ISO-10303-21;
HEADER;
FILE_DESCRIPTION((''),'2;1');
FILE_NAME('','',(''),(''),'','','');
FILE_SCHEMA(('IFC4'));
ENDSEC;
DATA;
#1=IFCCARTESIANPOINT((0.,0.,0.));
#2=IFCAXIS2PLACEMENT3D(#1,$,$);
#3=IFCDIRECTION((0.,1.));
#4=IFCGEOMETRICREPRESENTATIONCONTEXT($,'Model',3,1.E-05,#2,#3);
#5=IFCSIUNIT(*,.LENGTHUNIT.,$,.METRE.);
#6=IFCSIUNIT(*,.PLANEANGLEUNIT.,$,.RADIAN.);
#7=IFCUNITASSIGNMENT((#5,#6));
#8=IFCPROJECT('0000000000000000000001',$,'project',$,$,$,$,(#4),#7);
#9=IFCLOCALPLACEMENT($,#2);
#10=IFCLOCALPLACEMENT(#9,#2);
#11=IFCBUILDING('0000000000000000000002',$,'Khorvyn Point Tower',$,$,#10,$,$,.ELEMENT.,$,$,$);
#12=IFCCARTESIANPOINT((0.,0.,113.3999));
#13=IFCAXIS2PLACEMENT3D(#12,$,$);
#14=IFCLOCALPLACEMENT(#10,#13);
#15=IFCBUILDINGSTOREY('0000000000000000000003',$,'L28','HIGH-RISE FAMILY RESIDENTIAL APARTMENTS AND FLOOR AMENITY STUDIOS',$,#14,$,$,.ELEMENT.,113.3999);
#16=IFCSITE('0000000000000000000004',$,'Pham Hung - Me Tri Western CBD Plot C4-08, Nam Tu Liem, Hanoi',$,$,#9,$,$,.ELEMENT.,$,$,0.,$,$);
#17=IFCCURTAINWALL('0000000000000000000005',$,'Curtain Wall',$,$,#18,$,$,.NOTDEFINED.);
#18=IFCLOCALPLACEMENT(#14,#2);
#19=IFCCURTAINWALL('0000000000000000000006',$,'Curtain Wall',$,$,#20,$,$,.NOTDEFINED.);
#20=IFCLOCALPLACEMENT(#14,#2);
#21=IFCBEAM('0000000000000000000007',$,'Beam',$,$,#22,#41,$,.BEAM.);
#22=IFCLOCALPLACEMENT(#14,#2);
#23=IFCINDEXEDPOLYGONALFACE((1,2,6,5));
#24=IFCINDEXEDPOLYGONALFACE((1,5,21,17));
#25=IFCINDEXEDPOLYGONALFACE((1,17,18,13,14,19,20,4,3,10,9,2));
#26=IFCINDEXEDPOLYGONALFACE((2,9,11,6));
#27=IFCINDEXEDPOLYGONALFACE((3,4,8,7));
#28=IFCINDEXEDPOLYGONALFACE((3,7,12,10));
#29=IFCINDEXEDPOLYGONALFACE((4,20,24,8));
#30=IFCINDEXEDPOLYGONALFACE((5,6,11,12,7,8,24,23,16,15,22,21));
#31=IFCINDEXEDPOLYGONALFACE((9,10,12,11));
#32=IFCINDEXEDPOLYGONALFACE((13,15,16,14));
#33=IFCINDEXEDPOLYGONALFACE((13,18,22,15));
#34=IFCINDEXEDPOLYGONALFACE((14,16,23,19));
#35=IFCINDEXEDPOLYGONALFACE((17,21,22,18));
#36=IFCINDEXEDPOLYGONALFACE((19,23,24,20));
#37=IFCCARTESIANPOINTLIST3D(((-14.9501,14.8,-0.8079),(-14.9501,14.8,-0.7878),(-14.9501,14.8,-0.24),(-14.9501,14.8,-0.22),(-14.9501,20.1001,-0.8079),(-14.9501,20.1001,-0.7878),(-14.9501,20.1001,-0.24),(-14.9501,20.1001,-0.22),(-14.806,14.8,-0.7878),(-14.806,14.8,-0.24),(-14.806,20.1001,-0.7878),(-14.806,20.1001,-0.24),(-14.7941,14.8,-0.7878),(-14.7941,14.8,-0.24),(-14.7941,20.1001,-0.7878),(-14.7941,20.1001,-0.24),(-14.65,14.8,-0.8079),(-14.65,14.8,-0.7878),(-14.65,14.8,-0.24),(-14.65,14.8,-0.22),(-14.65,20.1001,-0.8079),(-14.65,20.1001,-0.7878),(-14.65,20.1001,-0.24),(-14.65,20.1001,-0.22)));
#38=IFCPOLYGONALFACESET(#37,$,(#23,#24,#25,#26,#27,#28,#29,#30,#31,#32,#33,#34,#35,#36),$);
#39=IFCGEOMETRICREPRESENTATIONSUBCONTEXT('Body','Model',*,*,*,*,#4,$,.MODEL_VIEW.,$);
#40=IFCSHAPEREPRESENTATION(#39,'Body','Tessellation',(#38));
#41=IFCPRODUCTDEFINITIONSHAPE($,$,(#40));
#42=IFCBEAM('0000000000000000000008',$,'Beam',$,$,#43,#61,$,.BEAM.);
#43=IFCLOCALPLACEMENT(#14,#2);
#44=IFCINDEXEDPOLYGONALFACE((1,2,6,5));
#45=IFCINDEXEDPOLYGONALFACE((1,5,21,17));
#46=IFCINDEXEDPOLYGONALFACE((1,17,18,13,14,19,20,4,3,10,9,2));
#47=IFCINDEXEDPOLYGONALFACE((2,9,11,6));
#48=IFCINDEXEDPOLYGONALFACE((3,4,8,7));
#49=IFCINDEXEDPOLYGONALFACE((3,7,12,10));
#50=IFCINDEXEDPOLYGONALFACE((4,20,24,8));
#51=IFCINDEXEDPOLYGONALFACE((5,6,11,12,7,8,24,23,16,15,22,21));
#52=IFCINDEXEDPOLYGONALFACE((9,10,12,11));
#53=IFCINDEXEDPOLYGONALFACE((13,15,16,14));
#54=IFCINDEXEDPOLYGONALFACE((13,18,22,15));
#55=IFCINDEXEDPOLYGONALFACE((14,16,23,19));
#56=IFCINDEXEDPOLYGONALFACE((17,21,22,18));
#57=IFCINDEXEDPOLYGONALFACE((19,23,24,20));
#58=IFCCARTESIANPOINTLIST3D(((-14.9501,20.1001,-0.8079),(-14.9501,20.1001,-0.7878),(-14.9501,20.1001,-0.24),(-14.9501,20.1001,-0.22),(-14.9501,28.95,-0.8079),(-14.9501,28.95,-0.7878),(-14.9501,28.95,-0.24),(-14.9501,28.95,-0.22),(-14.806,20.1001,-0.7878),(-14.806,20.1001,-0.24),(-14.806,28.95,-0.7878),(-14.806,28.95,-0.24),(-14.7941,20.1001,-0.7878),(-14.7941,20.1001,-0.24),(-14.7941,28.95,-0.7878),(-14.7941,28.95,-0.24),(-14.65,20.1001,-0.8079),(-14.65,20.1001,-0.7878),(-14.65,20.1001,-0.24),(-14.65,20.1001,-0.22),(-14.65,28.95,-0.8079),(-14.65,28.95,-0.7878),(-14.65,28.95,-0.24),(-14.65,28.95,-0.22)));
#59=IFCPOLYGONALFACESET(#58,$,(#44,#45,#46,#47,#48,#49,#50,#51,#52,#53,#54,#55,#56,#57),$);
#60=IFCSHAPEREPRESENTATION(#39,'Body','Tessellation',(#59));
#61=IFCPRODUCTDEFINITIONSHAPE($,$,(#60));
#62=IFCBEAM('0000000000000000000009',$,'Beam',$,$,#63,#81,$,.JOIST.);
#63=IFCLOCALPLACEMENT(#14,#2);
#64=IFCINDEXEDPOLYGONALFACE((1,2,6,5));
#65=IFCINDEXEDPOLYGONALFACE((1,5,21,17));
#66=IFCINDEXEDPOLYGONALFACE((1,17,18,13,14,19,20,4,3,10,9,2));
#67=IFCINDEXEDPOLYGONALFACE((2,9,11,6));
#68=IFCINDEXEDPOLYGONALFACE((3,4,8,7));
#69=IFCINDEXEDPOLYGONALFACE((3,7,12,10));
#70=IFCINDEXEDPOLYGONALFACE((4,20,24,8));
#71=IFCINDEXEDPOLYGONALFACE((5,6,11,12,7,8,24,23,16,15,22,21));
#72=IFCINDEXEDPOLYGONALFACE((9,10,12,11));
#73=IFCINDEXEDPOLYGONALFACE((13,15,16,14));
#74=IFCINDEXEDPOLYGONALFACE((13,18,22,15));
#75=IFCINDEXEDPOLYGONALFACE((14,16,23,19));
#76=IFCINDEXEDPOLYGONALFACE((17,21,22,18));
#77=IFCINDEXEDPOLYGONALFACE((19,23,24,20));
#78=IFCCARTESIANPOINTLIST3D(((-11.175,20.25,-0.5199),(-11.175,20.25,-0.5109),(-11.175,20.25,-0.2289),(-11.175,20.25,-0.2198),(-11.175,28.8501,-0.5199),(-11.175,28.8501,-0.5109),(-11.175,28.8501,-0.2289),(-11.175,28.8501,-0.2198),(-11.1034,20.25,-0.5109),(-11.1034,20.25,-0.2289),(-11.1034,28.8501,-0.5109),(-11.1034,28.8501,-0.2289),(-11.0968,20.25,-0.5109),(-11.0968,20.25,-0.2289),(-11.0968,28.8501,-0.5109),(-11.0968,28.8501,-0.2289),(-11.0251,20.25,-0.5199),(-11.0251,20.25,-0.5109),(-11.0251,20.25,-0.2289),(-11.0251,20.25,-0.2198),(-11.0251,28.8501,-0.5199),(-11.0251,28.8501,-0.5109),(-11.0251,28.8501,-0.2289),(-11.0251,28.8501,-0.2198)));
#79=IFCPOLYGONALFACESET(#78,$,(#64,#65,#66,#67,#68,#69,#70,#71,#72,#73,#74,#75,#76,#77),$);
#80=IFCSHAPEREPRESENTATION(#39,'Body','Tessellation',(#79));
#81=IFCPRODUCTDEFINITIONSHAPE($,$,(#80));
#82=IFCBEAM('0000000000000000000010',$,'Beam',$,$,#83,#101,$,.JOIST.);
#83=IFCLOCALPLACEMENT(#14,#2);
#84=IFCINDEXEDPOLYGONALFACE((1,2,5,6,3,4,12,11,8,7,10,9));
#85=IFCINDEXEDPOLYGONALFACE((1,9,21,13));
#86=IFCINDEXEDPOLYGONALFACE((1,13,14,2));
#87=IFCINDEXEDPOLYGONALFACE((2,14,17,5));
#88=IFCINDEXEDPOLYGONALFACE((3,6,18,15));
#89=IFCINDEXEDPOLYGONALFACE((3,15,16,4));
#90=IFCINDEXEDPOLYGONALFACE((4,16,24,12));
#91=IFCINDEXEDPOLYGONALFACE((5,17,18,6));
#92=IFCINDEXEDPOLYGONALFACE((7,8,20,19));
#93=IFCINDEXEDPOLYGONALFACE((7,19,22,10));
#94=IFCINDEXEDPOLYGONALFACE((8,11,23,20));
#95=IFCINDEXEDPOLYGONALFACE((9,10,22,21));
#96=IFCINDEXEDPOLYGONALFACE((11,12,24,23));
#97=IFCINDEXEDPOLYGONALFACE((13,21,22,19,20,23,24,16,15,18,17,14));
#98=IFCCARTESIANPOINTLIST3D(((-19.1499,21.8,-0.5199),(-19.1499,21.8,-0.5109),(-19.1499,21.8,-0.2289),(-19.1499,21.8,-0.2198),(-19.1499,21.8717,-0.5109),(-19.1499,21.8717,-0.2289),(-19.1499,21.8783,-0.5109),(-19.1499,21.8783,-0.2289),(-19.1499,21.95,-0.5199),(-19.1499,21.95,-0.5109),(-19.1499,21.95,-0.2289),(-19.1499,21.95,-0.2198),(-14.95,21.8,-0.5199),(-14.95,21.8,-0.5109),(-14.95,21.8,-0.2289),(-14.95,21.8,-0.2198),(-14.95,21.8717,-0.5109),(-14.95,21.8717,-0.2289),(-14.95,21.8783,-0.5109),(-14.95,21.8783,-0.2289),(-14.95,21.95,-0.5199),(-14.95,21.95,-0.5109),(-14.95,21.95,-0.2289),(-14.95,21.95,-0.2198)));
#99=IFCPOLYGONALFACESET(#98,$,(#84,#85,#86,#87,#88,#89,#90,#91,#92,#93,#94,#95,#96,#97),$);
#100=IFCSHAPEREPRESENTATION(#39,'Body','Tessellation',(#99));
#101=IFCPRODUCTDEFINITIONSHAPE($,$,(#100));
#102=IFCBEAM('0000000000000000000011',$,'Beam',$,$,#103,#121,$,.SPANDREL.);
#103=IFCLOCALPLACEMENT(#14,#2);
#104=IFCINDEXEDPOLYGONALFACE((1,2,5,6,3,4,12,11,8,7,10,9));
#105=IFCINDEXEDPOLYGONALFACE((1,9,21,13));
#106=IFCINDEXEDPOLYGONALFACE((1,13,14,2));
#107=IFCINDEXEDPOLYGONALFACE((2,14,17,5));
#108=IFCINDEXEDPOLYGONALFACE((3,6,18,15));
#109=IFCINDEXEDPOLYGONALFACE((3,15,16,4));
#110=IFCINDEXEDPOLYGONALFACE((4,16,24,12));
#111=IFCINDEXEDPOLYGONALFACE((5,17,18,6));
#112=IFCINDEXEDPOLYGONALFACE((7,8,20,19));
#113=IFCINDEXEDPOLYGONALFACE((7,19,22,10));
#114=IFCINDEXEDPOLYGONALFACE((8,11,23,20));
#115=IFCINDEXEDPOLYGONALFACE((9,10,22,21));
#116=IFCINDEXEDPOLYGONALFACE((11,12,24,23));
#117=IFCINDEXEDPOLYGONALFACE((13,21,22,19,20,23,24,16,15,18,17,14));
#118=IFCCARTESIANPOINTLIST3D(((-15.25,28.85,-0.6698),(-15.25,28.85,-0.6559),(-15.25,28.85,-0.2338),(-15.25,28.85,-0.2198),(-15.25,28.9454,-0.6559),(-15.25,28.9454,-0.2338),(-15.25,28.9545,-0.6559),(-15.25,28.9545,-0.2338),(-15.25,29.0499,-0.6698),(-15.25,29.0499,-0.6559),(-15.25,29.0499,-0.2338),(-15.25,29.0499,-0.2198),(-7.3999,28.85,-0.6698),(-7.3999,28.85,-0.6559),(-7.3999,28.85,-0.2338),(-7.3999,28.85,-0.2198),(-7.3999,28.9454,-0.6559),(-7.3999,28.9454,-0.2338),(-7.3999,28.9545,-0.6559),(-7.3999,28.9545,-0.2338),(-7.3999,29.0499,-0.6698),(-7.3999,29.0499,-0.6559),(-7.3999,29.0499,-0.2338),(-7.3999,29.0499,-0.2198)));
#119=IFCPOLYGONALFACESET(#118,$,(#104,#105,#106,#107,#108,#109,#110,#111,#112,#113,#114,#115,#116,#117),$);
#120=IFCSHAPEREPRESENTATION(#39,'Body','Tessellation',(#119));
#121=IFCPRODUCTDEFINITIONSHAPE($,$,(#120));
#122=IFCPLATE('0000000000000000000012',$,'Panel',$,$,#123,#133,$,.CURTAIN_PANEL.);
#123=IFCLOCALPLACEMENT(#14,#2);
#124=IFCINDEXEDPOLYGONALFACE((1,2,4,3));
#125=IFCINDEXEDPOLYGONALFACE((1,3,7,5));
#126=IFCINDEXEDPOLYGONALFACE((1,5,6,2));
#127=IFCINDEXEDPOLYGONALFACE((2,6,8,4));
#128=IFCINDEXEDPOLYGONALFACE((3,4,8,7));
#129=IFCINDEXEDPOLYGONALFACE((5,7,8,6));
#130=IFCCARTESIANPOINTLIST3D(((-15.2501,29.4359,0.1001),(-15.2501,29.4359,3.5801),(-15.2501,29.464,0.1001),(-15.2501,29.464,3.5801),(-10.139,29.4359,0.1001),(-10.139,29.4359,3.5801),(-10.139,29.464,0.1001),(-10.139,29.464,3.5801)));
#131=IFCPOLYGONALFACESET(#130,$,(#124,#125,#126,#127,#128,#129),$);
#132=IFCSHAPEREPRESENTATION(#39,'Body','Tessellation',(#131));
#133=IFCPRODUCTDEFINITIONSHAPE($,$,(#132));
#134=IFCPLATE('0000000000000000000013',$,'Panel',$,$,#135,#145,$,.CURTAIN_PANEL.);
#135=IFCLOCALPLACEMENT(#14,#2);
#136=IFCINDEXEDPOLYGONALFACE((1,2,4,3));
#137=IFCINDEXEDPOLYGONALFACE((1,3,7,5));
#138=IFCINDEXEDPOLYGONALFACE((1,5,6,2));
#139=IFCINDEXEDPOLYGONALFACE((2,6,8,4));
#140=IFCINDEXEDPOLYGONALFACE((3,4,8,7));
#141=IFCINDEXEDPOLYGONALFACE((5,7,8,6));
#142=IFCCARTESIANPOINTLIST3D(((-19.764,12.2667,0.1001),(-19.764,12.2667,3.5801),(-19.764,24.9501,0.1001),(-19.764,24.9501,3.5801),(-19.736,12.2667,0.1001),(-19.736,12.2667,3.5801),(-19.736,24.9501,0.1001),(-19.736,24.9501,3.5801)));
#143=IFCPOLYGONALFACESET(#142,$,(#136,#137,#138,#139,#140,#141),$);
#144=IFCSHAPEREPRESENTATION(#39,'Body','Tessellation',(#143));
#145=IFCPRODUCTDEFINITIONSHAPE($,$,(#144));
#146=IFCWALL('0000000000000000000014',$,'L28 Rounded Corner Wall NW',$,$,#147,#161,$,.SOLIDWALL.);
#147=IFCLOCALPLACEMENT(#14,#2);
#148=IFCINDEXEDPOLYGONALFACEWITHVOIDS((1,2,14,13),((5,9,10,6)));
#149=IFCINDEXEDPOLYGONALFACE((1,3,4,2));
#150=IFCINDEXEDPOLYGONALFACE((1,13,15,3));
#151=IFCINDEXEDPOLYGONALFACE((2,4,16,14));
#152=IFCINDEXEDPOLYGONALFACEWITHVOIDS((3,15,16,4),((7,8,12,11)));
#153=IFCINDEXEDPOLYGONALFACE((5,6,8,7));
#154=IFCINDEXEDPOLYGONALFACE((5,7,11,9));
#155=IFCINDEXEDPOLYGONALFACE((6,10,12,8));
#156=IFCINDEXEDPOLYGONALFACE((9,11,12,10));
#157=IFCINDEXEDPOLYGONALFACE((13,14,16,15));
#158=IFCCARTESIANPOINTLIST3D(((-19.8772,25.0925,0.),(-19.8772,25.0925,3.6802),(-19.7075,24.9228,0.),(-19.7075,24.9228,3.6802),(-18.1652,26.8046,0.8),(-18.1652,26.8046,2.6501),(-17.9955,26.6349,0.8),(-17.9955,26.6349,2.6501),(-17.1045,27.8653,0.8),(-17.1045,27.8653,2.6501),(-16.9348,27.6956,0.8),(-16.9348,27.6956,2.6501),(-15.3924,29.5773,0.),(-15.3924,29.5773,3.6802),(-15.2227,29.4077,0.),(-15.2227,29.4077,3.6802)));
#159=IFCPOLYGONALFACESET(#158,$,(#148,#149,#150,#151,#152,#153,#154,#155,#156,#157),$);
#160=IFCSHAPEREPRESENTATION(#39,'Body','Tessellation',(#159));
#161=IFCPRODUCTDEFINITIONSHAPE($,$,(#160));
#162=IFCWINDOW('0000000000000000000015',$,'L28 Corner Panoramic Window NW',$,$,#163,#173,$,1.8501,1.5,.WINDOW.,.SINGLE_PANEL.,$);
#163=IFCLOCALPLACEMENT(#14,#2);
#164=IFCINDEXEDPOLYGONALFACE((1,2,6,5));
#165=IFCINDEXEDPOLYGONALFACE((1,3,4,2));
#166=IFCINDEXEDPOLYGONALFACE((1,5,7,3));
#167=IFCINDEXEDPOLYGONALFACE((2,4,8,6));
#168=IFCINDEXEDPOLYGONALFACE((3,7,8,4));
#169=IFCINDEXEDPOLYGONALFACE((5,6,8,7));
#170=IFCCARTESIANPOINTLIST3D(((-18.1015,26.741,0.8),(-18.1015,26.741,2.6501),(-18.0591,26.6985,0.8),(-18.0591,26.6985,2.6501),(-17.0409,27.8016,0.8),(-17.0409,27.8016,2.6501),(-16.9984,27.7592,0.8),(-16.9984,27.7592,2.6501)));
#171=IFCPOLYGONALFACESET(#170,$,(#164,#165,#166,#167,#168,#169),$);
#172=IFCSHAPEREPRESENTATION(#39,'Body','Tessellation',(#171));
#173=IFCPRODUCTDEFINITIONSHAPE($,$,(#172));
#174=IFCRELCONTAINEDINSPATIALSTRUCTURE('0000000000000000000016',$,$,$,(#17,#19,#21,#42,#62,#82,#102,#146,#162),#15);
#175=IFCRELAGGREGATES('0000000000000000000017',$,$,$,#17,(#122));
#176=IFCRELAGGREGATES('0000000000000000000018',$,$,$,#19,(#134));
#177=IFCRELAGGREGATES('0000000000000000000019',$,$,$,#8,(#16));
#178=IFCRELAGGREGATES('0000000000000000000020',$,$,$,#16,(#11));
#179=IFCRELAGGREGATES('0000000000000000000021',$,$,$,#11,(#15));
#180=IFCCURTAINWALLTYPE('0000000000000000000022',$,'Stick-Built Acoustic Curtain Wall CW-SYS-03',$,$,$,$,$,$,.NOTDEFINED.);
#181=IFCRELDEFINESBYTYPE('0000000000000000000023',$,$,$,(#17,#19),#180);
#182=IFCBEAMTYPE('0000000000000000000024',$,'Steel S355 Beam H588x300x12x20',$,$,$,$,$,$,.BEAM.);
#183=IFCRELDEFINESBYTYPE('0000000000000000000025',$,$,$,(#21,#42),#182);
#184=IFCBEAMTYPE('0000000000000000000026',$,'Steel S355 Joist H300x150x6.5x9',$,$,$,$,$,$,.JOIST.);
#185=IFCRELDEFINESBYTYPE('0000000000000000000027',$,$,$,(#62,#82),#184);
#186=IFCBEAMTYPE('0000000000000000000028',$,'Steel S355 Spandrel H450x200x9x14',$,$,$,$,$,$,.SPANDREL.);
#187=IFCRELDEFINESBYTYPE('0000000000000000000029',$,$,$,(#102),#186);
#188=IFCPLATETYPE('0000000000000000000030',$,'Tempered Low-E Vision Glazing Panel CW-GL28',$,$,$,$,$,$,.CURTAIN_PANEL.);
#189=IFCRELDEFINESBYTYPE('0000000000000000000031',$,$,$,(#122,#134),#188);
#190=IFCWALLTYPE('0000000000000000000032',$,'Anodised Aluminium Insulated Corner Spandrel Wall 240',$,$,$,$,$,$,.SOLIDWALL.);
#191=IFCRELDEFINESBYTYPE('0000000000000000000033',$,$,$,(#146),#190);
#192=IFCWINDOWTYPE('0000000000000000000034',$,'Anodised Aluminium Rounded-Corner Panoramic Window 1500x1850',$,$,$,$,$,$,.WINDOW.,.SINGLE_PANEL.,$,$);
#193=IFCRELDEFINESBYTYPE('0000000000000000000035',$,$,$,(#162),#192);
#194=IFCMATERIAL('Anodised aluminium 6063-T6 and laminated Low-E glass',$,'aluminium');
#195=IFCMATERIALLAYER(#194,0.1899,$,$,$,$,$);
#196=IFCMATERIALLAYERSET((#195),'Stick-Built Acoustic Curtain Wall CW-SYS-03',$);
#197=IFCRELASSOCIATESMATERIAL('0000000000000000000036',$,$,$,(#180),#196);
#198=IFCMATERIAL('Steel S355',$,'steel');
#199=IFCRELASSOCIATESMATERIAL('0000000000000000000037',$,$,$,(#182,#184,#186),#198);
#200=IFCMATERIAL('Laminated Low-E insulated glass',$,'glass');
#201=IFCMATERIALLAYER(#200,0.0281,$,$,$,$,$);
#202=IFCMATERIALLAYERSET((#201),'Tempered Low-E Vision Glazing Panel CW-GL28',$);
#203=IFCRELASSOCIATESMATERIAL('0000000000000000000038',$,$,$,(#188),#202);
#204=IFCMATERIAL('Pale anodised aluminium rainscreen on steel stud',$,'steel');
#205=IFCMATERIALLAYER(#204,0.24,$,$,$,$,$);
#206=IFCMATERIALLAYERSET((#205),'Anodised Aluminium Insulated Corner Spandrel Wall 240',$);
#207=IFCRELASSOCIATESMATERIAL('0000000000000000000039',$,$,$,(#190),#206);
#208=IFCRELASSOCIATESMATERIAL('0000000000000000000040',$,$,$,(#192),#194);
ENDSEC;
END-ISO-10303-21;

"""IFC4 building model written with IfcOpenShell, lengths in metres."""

from ifc_helpers import new_model, si_unit, direction, frame, frame_2d, origin, origin_2d, place, context, subcontext, project, spatial, rectangle, i_section, extrude, material, layer, layer_set, material_profile, profile_set, type_object, element, fill, aggregate, save


model = new_model("IFC4")

# Units and contexts
model_context = context("Model", 3, precision=1e-05, world=origin(), true_north=direction((0.0, 1.0)))
body_context = subcontext(model_context, "Body", "Model", "MODEL_VIEW")
ifc_project = project(units=[si_unit("LENGTHUNIT", "METRE"), si_unit("PLANEANGLEUNIT", "RADIAN")], contexts=[model_context])

# Site, building, storey
site_placement = place(None, origin())
site = spatial("IfcSite", under=ifc_project, at=site_placement, Name="Pham Hung - Me Tri Western CBD Plot C4-08, Nam Tu Liem, Hanoi", CompositionType="ELEMENT", RefElevation=0.0)
building_placement = place(site_placement, origin())
building = spatial("IfcBuilding", under=site, at=building_placement, Name="Khorvyn Point Tower", CompositionType="ELEMENT")
storey_placement = place(building_placement, frame((0.0, 0.0, 113.3999)))
storey = spatial("IfcBuildingStorey", under=building, at=storey_placement, Name="L28", Description="HIGH-RISE FAMILY RESIDENTIAL APARTMENTS AND FLOOR AMENITY STUDIOS", CompositionType="ELEMENT", Elevation=113.3999)

# Curtain walls
ifc_material_1 = material(Name="Anodised aluminium 6063-T6 and laminated Low-E glass", Category="aluminium")
ifc_layer_1 = layer(ifc_material_1, 0.1899)
ifc_layer_set_1 = layer_set([ifc_layer_1], Name="Stick-Built Acoustic Curtain Wall CW-SYS-03")
curtain_wall_type = type_object("IfcCurtainWallType", Name="Stick-Built Acoustic Curtain Wall CW-SYS-03", PredefinedType="NOTDEFINED", material=ifc_layer_set_1)
curtain_wall_1_placement = place(storey_placement, origin())
curtain_wall_1 = element("IfcCurtainWall", 1, at=curtain_wall_1_placement, inside=storey, type_object=curtain_wall_type, Name="Curtain Wall", PredefinedType="NOTDEFINED")
curtain_wall_2_placement = place(storey_placement, origin())
curtain_wall_2 = element("IfcCurtainWall", 2, at=curtain_wall_2_placement, inside=storey, type_object=curtain_wall_type, Name="Curtain Wall", PredefinedType="NOTDEFINED")

# Beams
ifc_material_2 = material(Name="Steel S355", Category="steel")
ifc_material_profile_1 = material_profile(ifc_material_2, i_section(OverallWidth=0.3, OverallDepth=0.5879, WebThickness=0.012, FlangeThickness=0.02, at=origin_2d()))
ifc_profile_set_1 = profile_set([ifc_material_profile_1], Name="Steel S355 H588x300x12x20")
beam_type_1 = type_object("IfcBeamType", Name="Steel S355 Beam H588x300x12x20", PredefinedType="BEAM", material=ifc_profile_set_1)
beam_1_placement = place(storey_placement, frame((-14.8, 14.8, -0.5139), z_axis=(0.0, 1.0, 0.0), x_axis=(-1.0, 0.0, 0.0)))
element("IfcBeam", 3, at=beam_1_placement, inside=storey, type_object=beam_type_1, Name="Beam", PredefinedType="BEAM", context=body_context, shape_type="SweptSolid", body=[
    extrude(i_section(OverallWidth=0.3, OverallDepth=0.5879, WebThickness=0.012, FlangeThickness=0.02, at=origin_2d()), origin(), (0.0, 0.0, 1.0), 5.3),
])
beam_2_placement = place(storey_placement, frame((-14.8, 20.1001, -0.5139), z_axis=(0.0, 1.0, 0.0), x_axis=(-1.0, 0.0, 0.0)))
element("IfcBeam", 4, at=beam_2_placement, inside=storey, type_object=beam_type_1, Name="Beam", PredefinedType="BEAM", context=body_context, shape_type="SweptSolid", body=[
    extrude(i_section(OverallWidth=0.3, OverallDepth=0.5879, WebThickness=0.012, FlangeThickness=0.02, at=origin_2d()), origin(), (0.0, 0.0, 1.0), 8.8499),
])
ifc_material_profile_2 = material_profile(ifc_material_2, i_section(OverallWidth=0.1499, OverallDepth=0.3, WebThickness=0.0066, FlangeThickness=0.009, at=origin_2d()))
ifc_profile_set_2 = profile_set([ifc_material_profile_2], Name="Steel S355 H300x150x6.5x9")
beam_type_2 = type_object("IfcBeamType", Name="Steel S355 Joist H300x150x6.5x9", PredefinedType="JOIST", material=ifc_profile_set_2)
beam_3_placement = place(storey_placement, frame((-11.1001, 20.25, -0.3699), z_axis=(0.0, 1.0, 0.0), x_axis=(-1.0, 0.0, 0.0)))
element("IfcBeam", 5, at=beam_3_placement, inside=storey, type_object=beam_type_2, Name="Beam", PredefinedType="JOIST", context=body_context, shape_type="SweptSolid", body=[
    extrude(i_section(OverallWidth=0.1499, OverallDepth=0.3, WebThickness=0.0066, FlangeThickness=0.009, at=origin_2d()), origin(), (0.0, 0.0, 1.0), 8.6001),
])
beam_4_placement = place(storey_placement, frame((-19.1499, 21.875, -0.3699), z_axis=(1.0, 0.0, 0.0), x_axis=(0.0, 1.0, 0.0)))
element("IfcBeam", 6, at=beam_4_placement, inside=storey, type_object=beam_type_2, Name="Beam", PredefinedType="JOIST", context=body_context, shape_type="SweptSolid", body=[
    extrude(i_section(OverallWidth=0.1499, OverallDepth=0.3, WebThickness=0.0066, FlangeThickness=0.009, at=origin_2d()), origin(), (0.0, 0.0, 1.0), 4.2),
])
ifc_material_profile_3 = material_profile(ifc_material_2, i_section(OverallWidth=0.2, OverallDepth=0.45, WebThickness=0.009, FlangeThickness=0.0139, at=origin_2d()))
ifc_profile_set_3 = profile_set([ifc_material_profile_3], Name="Steel S355 H450x200x9x14")
beam_type_3 = type_object("IfcBeamType", Name="Steel S355 Spandrel H450x200x9x14", PredefinedType="SPANDREL", material=ifc_profile_set_3)
beam_5_placement = place(storey_placement, frame((-15.25, 28.95, -0.4448), z_axis=(1.0, 0.0, 0.0), x_axis=(0.0, 1.0, 0.0)))
element("IfcBeam", 7, at=beam_5_placement, inside=storey, type_object=beam_type_3, Name="Beam", PredefinedType="SPANDREL", context=body_context, shape_type="SweptSolid", body=[
    extrude(i_section(OverallWidth=0.2, OverallDepth=0.45, WebThickness=0.009, FlangeThickness=0.0139, at=origin_2d()), origin(), (0.0, 0.0, 1.0), 7.8501),
])

# Plates
ifc_material_3 = material(Name="Laminated Low-E insulated glass", Category="glass")
ifc_layer_2 = layer(ifc_material_3, 0.0281)
ifc_layer_set_2 = layer_set([ifc_layer_2], Name="Tempered Low-E Vision Glazing Panel CW-GL28")
plate_type = type_object("IfcPlateType", Name="Tempered Low-E Vision Glazing Panel CW-GL28", PredefinedType="CURTAIN_PANEL", material=ifc_layer_set_2)
plate_1_placement = place(storey_placement, frame((-12.6946, 29.45, 0.1001), z_axis=(0.0, 0.0, 1.0), x_axis=(1.0, 0.0, 0.0)))
plate_1 = element("IfcPlate", 8, at=plate_1_placement, type_object=plate_type, Name="Panel", PredefinedType="CURTAIN_PANEL", context=body_context, shape_type="SweptSolid", body=[
    extrude(rectangle(XDim=5.1111, YDim=0.0281, at=origin_2d()), origin(), (0.0, 0.0, 1.0), 3.48),
])
aggregate(curtain_wall_1, [plate_1])
plate_2_placement = place(storey_placement, frame((-19.75, 18.6084, 0.1001), z_axis=(0.0, 0.0, 1.0), x_axis=(0.0, 1.0, 0.0)))
plate_2 = element("IfcPlate", 9, at=plate_2_placement, type_object=plate_type, Name="Panel", PredefinedType="CURTAIN_PANEL", context=body_context, shape_type="SweptSolid", body=[
    extrude(rectangle(XDim=12.6833, YDim=0.0281, at=origin_2d()), origin(), (0.0, 0.0, 1.0), 3.48),
])
aggregate(curtain_wall_2, [plate_2])

# Wall, opening, window
ifc_material_4 = material(Name="Pale anodised aluminium rainscreen on steel stud", Category="steel")
ifc_layer_3 = layer(ifc_material_4, 0.24)
ifc_layer_set_3 = layer_set([ifc_layer_3], Name="Anodised Aluminium Insulated Corner Spandrel Wall 240")
wall_type_1 = type_object("IfcWallType", Name="Anodised Aluminium Insulated Corner Spandrel Wall 240", PredefinedType="SOLIDWALL", material=ifc_layer_set_3)
wall_1_placement = place(storey_placement, frame((-19.7925, 25.0076, 0.0), z_axis=(0.0, 0.0, 1.0), x_axis=(0.707107, 0.707107, 0.0)))
wall_1 = element("IfcWall", 10, at=wall_1_placement, inside=storey, type_object=wall_type_1, Name="L28 Rounded Corner Wall NW", PredefinedType="SOLIDWALL", context=body_context, shape_type="SweptSolid", body=[
    extrude(rectangle(XDim=6.3425, YDim=0.24, at=frame_2d((3.1714, 0.0))), origin(), (0.0, 0.0, 1.0), 3.6802),
])
opening_1_placement = place(wall_1_placement, frame((2.4214, 0.0, 0.8)))
opening_1 = element("IfcOpeningElement", 11, at=opening_1_placement, cuts=wall_1, PredefinedType="OPENING", context=body_context, shape_type="SweptSolid", body=[
    extrude(rectangle(XDim=1.5, YDim=1.8501, at=frame_2d((0.75, 0.925))), frame((0.0, 0.1299, 0.0), z_axis=(0.0, -1.0, 0.0), x_axis=(1.0, 0.0, 0.0)), (0.0, 0.0, 1.0), 0.26),
])
window_type = type_object("IfcWindowType", Name="Anodised Aluminium Rounded-Corner Panoramic Window 1500x1850", PartitioningType="SINGLE_PANEL", PredefinedType="WINDOW", material=ifc_material_1)
window_placement = place(opening_1_placement, origin())
window = element("IfcWindow", 12, at=window_placement, inside=storey, type_object=window_type, Name="L28 Corner Panoramic Window NW", OverallHeight=1.8501, OverallWidth=1.5, PartitioningType="SINGLE_PANEL", PredefinedType="WINDOW", context=body_context, shape_type="SweptSolid", body=[
    extrude(rectangle(XDim=1.5, YDim=1.8501, at=frame_2d((0.75, 0.925))), frame((0.0, 0.03, 0.0), z_axis=(0.0, -1.0, 0.0), x_axis=(1.0, 0.0, 0.0)), (0.0, 0.0, 1.0), 0.0601),
])
fill(opening_1, window)

save(model, "model.ifc")
